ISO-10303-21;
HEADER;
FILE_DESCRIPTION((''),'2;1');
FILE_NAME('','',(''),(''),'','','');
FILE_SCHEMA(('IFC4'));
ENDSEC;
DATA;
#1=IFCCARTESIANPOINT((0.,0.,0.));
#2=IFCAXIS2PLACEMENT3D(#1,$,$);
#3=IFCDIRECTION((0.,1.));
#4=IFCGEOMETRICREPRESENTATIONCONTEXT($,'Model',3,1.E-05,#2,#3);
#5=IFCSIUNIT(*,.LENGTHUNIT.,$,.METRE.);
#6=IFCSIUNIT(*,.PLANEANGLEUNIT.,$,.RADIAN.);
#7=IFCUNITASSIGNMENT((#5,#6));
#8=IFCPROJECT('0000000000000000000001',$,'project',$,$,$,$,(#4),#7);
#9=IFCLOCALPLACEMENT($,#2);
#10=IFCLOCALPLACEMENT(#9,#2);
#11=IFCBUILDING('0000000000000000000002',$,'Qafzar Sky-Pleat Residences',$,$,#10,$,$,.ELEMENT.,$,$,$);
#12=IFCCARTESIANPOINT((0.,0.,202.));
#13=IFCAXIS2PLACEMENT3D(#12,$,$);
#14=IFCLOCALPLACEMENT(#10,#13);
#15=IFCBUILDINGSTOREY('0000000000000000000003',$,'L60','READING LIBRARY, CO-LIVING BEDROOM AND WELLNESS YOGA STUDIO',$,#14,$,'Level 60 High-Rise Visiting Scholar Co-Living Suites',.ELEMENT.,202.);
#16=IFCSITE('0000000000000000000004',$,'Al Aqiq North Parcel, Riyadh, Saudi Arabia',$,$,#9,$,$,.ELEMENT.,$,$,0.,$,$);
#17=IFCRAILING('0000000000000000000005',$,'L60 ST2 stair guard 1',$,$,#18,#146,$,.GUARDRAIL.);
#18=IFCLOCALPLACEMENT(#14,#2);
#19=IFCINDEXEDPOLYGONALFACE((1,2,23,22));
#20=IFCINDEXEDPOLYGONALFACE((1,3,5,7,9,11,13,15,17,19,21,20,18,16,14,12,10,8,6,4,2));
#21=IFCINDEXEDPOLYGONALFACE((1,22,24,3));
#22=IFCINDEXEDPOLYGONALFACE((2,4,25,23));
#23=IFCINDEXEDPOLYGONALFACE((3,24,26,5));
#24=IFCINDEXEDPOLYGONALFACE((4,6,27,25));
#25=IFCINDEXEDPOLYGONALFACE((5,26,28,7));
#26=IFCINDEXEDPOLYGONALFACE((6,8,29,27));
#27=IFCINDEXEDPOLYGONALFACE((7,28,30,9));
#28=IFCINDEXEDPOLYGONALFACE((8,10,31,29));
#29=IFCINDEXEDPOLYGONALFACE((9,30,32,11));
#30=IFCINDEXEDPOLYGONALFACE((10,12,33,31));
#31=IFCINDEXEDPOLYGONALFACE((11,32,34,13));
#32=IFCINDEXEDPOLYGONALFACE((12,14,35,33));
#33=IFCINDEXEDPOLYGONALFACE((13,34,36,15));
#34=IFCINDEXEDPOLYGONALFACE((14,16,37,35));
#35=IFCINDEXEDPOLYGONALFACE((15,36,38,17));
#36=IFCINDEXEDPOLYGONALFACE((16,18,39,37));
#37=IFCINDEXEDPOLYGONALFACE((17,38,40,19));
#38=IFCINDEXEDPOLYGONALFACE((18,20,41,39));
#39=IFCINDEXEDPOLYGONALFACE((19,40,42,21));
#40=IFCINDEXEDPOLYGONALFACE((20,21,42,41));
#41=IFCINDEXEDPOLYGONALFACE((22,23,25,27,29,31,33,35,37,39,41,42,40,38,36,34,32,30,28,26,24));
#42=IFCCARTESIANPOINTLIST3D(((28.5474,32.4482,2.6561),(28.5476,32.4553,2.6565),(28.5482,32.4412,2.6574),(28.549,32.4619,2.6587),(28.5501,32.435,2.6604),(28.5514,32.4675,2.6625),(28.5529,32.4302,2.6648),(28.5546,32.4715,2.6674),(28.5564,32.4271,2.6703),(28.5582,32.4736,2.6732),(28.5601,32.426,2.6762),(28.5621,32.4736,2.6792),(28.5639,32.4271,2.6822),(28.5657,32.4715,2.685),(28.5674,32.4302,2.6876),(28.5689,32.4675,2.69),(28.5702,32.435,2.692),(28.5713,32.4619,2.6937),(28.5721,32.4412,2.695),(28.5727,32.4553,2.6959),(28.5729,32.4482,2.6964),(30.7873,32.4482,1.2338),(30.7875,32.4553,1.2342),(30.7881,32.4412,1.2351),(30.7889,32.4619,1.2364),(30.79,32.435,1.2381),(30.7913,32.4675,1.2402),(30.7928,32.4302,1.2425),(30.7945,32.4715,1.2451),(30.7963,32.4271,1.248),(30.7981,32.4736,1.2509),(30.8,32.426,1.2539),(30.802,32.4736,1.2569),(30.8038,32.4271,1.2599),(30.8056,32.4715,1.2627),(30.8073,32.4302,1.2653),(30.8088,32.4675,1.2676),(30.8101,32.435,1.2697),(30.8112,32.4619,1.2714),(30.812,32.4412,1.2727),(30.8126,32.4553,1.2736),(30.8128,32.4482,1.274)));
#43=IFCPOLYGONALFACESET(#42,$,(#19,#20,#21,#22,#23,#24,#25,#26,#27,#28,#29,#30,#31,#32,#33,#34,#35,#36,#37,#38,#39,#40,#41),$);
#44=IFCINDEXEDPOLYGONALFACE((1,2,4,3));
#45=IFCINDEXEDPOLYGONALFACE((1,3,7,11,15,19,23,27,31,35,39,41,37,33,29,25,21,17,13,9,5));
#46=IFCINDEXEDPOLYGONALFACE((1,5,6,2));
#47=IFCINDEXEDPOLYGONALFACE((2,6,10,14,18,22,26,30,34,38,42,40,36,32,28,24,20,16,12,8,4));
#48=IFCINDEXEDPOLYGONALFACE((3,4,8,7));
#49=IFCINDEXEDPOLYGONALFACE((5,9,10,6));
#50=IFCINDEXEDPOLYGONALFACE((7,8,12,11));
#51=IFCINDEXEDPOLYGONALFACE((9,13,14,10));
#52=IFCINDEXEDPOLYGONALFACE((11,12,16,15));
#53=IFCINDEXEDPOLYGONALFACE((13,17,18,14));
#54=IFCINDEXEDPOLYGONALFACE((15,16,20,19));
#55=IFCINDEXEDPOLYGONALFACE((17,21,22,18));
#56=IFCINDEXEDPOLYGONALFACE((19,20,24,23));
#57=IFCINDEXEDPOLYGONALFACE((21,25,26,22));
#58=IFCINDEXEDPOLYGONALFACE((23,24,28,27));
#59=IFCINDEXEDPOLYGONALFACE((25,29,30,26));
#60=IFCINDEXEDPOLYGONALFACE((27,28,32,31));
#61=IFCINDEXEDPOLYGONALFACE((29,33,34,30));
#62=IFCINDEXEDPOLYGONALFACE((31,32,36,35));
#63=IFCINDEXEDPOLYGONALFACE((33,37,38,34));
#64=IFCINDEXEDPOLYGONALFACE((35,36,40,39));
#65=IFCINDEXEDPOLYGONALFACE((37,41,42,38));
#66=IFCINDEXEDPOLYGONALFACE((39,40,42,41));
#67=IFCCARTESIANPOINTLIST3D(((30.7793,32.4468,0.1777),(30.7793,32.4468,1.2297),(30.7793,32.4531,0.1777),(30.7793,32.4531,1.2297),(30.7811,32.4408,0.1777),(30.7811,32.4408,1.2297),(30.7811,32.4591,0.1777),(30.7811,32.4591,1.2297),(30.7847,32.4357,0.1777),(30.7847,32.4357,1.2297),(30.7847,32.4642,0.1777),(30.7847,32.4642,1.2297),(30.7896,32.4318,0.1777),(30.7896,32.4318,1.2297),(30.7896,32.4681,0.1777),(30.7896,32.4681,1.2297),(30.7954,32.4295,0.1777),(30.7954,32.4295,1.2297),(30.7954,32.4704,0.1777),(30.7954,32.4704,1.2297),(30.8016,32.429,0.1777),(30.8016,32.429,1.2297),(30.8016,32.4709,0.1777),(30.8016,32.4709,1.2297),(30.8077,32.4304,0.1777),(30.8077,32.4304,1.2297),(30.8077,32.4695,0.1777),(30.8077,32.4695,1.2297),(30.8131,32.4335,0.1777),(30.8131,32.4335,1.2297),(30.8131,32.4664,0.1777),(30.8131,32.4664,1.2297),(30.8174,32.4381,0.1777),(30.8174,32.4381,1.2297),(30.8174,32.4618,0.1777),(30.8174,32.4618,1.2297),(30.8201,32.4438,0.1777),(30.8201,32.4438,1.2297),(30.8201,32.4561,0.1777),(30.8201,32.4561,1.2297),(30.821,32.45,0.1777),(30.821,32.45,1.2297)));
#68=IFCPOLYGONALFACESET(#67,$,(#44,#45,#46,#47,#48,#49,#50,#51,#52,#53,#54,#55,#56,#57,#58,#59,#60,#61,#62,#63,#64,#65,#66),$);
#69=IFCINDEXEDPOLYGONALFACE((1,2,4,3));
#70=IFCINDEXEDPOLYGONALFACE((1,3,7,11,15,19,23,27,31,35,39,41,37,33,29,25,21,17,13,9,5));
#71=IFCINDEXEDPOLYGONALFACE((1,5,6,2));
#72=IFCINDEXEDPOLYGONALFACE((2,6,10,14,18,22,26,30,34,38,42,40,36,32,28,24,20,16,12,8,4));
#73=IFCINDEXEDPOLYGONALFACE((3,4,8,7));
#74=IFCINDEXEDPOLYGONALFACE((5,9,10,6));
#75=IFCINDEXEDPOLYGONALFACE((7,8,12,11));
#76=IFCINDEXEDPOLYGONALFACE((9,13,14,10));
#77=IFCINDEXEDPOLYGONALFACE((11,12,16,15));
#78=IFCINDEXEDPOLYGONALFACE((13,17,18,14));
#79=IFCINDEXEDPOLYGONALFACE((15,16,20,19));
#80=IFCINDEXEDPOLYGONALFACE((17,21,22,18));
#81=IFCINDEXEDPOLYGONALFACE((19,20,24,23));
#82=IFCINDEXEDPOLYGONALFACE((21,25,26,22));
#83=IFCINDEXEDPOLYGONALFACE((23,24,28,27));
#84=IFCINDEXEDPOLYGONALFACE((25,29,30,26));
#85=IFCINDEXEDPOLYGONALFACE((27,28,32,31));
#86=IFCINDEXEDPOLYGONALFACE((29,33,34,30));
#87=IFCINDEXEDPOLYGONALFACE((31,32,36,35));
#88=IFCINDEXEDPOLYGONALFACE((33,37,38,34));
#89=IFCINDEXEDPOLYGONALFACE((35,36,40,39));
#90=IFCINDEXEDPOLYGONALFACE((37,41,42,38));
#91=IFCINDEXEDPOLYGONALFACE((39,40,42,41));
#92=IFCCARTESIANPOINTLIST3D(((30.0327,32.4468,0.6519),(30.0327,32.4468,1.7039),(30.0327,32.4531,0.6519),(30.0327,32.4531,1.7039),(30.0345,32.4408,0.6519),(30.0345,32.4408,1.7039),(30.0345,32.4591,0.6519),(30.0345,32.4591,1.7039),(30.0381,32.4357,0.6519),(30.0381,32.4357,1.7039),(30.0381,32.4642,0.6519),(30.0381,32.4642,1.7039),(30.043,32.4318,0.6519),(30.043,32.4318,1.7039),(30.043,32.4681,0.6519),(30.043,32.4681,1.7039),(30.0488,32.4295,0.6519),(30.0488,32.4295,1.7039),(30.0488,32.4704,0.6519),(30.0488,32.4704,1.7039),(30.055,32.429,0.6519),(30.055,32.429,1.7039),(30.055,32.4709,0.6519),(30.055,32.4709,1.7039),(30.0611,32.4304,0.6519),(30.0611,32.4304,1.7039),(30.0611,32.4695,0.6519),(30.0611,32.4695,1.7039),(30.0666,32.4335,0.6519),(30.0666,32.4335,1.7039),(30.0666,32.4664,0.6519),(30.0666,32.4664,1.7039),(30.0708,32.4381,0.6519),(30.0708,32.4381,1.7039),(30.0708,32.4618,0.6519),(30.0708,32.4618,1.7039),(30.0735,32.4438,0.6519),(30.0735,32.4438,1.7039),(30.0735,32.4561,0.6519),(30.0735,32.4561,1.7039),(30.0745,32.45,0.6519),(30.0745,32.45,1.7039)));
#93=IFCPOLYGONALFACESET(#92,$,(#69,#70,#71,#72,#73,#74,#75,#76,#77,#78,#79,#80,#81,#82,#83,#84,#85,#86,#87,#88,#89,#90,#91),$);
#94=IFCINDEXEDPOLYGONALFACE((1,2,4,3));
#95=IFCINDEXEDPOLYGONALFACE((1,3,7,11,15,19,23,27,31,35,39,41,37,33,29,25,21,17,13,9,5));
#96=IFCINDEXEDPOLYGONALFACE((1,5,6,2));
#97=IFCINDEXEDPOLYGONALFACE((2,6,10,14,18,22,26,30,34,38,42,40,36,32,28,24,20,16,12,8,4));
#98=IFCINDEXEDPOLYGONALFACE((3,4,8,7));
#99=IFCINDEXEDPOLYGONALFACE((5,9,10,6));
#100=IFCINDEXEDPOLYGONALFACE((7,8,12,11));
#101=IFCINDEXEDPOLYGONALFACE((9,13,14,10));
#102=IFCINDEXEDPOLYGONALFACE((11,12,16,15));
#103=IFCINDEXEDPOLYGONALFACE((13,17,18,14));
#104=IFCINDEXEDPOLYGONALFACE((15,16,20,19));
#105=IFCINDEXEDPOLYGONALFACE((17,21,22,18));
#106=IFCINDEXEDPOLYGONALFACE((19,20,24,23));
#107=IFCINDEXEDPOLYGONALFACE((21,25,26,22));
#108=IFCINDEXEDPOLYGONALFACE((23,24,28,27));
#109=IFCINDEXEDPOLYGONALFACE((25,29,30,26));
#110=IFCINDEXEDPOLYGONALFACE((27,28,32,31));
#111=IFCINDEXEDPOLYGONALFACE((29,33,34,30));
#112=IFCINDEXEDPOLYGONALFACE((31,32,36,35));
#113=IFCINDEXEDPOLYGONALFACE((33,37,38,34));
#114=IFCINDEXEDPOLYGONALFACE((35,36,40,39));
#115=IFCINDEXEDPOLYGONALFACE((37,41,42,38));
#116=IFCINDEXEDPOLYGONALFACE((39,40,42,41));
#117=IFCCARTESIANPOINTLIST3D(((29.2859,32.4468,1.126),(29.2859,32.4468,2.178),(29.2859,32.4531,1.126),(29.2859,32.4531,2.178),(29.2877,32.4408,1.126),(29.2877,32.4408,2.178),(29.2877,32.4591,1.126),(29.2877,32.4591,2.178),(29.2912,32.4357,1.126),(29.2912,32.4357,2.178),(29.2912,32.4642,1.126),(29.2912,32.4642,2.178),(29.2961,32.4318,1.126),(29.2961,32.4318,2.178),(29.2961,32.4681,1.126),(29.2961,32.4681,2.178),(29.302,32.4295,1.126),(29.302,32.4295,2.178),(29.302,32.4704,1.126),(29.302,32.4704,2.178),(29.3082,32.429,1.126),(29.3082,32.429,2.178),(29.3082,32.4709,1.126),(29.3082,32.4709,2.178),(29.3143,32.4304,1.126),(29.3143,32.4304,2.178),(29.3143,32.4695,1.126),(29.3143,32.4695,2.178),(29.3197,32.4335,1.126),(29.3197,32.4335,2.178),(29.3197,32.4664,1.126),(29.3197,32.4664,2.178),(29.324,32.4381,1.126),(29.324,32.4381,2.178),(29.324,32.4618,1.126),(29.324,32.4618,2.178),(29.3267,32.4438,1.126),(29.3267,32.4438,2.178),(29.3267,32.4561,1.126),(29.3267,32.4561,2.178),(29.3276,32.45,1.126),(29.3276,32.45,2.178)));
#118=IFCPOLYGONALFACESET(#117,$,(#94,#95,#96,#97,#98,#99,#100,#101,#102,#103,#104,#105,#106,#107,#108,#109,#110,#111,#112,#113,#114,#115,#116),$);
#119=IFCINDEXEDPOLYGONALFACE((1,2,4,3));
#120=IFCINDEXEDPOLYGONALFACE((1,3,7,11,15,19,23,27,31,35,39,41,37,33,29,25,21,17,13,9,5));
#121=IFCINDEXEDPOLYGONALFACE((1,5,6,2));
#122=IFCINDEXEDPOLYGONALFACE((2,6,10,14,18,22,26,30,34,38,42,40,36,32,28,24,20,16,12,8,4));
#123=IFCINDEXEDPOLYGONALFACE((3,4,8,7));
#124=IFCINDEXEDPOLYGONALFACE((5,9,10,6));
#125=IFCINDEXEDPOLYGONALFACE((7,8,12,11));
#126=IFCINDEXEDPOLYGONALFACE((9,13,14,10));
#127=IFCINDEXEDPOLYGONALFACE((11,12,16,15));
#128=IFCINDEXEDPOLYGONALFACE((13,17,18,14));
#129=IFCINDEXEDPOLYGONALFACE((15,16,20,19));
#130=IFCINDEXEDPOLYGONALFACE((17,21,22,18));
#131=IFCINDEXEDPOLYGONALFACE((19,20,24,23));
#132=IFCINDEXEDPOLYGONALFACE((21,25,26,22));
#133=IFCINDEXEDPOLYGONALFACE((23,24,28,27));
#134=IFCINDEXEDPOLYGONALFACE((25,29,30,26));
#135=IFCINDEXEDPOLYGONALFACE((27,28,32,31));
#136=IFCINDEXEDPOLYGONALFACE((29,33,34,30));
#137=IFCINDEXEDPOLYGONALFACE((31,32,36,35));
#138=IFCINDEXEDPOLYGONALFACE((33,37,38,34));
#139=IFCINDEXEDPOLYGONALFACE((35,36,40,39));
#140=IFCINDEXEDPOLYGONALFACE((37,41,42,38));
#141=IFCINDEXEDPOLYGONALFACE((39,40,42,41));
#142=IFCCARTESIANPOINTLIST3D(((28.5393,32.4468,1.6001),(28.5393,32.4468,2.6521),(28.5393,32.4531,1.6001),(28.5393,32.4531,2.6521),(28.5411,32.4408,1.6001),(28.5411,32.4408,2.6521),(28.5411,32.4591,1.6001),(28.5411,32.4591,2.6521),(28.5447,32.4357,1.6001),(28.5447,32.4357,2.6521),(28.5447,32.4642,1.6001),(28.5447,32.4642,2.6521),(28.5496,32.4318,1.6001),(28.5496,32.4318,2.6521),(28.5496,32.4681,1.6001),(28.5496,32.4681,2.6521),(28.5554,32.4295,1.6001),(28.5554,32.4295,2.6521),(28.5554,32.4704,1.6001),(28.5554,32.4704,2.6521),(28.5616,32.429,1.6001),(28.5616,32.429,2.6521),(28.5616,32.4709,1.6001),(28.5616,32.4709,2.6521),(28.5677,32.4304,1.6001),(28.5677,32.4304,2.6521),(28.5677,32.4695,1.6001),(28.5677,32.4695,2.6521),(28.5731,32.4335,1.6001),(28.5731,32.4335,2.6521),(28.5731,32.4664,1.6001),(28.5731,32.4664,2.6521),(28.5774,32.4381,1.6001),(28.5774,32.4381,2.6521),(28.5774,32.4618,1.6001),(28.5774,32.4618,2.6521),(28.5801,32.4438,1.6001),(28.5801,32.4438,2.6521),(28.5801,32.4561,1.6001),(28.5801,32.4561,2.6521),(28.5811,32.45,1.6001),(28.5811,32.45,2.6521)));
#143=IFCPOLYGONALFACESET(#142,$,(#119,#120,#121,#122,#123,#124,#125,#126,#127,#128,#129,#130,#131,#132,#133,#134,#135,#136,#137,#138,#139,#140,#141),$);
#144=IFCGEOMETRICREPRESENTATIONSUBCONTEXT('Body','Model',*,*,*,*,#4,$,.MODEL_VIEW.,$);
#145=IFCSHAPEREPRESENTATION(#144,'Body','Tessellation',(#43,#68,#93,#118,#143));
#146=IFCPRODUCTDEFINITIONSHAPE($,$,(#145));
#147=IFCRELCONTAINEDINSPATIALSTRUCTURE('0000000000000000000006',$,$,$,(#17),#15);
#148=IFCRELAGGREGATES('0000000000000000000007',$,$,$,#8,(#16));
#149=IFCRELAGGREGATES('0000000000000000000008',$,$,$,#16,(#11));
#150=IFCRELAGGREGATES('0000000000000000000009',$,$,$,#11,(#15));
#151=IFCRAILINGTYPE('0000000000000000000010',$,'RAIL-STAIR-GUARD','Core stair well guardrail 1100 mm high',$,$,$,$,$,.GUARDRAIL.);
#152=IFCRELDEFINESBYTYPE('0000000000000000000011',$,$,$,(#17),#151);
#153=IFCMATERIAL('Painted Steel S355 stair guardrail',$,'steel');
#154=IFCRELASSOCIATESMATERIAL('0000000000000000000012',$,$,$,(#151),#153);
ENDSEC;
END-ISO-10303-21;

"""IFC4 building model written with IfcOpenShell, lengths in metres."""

from ifc_helpers import new_model, si_unit, direction, frame, origin, origin_2d, place, context, subcontext, project, spatial, circle, extrude, source, transform, mapped, material, type_object, element, save


model = new_model("IFC4")

# Units and contexts
model_context = context("Model", 3, precision=1e-05, world=origin(), true_north=direction((0.0, 1.0)))
body_context = subcontext(model_context, "Body", "Model", "MODEL_VIEW")
ifc_project = project(units=[si_unit("LENGTHUNIT", "METRE"), si_unit("PLANEANGLEUNIT", "RADIAN")], contexts=[model_context])

# Site, building, storey
site_placement = place(None, origin())
site = spatial("IfcSite", under=ifc_project, at=site_placement, Name="Al Aqiq North Parcel, Riyadh, Saudi Arabia", CompositionType="ELEMENT", RefElevation=0.0)
building_placement = place(site_placement, origin())
building = spatial("IfcBuilding", under=site, at=building_placement, Name="Qafzar Sky-Pleat Residences", CompositionType="ELEMENT")
storey_placement = place(building_placement, frame((0.0, 0.0, 202.0)))
storey = spatial("IfcBuildingStorey", under=building, at=storey_placement, Name="L60", Description="READING LIBRARY, CO-LIVING BEDROOM AND WELLNESS YOGA STUDIO", LongName="Level 60 High-Rise Visiting Scholar Co-Living Suites", CompositionType="ELEMENT", Elevation=202.0)

# Railing
ifc_material_1 = material(Name="Painted Steel S355 stair guardrail", Category="steel")
railing_type_1 = type_object("IfcRailingType", Name="RAIL-STAIR-GUARD", Description="Core stair well guardrail 1100 mm high", PredefinedType="GUARDRAIL", material=ifc_material_1)
shared_shape_1 = source(origin(), body_context, "Body", "SweptSolid", [
    extrude(circle(Radius=0.0239, at=origin_2d()), frame((0.0, 0.0, 1.0762), z_axis=(-0.844188, 0.0, 0.536048), x_axis=(0.0, -1.0, 0.0)), (0.0, 0.0, 1.0), 2.6533),
    extrude(circle(Radius=0.021, at=origin_2d()), origin(), (0.0, 0.0, 1.0), 1.052),
    extrude(circle(Radius=0.021, at=origin_2d()), frame((-0.7466, 0.0, 0.4741)), (0.0, 0.0, 1.0), 1.052),
    extrude(circle(Radius=0.021, at=origin_2d()), frame((-1.4934, 0.0, 0.9482)), (0.0, 0.0, 1.0), 1.052),
    extrude(circle(Radius=0.021, at=origin_2d()), frame((-2.24, 0.0, 1.4224)), (0.0, 0.0, 1.0), 1.052),
])
railing_1_placement = place(storey_placement, frame((30.8, 32.45, 0.1777)))
element("IfcRailing", 1, at=railing_1_placement, inside=storey, type_object=railing_type_1, Name="L60 ST2 stair guard 1", PredefinedType="GUARDRAIL", context=body_context, shape_type="MappedRepresentation", body=[
    mapped(shared_shape_1, transform((0.0, 0.0, 0.0), x_axis=(1.0, 0.0, 0.0), y_axis=(0.0, 1.0, 0.0), z_axis=(0.0, 0.0, 1.0), scale=1.0)),
])

save(model, "model.ifc")
